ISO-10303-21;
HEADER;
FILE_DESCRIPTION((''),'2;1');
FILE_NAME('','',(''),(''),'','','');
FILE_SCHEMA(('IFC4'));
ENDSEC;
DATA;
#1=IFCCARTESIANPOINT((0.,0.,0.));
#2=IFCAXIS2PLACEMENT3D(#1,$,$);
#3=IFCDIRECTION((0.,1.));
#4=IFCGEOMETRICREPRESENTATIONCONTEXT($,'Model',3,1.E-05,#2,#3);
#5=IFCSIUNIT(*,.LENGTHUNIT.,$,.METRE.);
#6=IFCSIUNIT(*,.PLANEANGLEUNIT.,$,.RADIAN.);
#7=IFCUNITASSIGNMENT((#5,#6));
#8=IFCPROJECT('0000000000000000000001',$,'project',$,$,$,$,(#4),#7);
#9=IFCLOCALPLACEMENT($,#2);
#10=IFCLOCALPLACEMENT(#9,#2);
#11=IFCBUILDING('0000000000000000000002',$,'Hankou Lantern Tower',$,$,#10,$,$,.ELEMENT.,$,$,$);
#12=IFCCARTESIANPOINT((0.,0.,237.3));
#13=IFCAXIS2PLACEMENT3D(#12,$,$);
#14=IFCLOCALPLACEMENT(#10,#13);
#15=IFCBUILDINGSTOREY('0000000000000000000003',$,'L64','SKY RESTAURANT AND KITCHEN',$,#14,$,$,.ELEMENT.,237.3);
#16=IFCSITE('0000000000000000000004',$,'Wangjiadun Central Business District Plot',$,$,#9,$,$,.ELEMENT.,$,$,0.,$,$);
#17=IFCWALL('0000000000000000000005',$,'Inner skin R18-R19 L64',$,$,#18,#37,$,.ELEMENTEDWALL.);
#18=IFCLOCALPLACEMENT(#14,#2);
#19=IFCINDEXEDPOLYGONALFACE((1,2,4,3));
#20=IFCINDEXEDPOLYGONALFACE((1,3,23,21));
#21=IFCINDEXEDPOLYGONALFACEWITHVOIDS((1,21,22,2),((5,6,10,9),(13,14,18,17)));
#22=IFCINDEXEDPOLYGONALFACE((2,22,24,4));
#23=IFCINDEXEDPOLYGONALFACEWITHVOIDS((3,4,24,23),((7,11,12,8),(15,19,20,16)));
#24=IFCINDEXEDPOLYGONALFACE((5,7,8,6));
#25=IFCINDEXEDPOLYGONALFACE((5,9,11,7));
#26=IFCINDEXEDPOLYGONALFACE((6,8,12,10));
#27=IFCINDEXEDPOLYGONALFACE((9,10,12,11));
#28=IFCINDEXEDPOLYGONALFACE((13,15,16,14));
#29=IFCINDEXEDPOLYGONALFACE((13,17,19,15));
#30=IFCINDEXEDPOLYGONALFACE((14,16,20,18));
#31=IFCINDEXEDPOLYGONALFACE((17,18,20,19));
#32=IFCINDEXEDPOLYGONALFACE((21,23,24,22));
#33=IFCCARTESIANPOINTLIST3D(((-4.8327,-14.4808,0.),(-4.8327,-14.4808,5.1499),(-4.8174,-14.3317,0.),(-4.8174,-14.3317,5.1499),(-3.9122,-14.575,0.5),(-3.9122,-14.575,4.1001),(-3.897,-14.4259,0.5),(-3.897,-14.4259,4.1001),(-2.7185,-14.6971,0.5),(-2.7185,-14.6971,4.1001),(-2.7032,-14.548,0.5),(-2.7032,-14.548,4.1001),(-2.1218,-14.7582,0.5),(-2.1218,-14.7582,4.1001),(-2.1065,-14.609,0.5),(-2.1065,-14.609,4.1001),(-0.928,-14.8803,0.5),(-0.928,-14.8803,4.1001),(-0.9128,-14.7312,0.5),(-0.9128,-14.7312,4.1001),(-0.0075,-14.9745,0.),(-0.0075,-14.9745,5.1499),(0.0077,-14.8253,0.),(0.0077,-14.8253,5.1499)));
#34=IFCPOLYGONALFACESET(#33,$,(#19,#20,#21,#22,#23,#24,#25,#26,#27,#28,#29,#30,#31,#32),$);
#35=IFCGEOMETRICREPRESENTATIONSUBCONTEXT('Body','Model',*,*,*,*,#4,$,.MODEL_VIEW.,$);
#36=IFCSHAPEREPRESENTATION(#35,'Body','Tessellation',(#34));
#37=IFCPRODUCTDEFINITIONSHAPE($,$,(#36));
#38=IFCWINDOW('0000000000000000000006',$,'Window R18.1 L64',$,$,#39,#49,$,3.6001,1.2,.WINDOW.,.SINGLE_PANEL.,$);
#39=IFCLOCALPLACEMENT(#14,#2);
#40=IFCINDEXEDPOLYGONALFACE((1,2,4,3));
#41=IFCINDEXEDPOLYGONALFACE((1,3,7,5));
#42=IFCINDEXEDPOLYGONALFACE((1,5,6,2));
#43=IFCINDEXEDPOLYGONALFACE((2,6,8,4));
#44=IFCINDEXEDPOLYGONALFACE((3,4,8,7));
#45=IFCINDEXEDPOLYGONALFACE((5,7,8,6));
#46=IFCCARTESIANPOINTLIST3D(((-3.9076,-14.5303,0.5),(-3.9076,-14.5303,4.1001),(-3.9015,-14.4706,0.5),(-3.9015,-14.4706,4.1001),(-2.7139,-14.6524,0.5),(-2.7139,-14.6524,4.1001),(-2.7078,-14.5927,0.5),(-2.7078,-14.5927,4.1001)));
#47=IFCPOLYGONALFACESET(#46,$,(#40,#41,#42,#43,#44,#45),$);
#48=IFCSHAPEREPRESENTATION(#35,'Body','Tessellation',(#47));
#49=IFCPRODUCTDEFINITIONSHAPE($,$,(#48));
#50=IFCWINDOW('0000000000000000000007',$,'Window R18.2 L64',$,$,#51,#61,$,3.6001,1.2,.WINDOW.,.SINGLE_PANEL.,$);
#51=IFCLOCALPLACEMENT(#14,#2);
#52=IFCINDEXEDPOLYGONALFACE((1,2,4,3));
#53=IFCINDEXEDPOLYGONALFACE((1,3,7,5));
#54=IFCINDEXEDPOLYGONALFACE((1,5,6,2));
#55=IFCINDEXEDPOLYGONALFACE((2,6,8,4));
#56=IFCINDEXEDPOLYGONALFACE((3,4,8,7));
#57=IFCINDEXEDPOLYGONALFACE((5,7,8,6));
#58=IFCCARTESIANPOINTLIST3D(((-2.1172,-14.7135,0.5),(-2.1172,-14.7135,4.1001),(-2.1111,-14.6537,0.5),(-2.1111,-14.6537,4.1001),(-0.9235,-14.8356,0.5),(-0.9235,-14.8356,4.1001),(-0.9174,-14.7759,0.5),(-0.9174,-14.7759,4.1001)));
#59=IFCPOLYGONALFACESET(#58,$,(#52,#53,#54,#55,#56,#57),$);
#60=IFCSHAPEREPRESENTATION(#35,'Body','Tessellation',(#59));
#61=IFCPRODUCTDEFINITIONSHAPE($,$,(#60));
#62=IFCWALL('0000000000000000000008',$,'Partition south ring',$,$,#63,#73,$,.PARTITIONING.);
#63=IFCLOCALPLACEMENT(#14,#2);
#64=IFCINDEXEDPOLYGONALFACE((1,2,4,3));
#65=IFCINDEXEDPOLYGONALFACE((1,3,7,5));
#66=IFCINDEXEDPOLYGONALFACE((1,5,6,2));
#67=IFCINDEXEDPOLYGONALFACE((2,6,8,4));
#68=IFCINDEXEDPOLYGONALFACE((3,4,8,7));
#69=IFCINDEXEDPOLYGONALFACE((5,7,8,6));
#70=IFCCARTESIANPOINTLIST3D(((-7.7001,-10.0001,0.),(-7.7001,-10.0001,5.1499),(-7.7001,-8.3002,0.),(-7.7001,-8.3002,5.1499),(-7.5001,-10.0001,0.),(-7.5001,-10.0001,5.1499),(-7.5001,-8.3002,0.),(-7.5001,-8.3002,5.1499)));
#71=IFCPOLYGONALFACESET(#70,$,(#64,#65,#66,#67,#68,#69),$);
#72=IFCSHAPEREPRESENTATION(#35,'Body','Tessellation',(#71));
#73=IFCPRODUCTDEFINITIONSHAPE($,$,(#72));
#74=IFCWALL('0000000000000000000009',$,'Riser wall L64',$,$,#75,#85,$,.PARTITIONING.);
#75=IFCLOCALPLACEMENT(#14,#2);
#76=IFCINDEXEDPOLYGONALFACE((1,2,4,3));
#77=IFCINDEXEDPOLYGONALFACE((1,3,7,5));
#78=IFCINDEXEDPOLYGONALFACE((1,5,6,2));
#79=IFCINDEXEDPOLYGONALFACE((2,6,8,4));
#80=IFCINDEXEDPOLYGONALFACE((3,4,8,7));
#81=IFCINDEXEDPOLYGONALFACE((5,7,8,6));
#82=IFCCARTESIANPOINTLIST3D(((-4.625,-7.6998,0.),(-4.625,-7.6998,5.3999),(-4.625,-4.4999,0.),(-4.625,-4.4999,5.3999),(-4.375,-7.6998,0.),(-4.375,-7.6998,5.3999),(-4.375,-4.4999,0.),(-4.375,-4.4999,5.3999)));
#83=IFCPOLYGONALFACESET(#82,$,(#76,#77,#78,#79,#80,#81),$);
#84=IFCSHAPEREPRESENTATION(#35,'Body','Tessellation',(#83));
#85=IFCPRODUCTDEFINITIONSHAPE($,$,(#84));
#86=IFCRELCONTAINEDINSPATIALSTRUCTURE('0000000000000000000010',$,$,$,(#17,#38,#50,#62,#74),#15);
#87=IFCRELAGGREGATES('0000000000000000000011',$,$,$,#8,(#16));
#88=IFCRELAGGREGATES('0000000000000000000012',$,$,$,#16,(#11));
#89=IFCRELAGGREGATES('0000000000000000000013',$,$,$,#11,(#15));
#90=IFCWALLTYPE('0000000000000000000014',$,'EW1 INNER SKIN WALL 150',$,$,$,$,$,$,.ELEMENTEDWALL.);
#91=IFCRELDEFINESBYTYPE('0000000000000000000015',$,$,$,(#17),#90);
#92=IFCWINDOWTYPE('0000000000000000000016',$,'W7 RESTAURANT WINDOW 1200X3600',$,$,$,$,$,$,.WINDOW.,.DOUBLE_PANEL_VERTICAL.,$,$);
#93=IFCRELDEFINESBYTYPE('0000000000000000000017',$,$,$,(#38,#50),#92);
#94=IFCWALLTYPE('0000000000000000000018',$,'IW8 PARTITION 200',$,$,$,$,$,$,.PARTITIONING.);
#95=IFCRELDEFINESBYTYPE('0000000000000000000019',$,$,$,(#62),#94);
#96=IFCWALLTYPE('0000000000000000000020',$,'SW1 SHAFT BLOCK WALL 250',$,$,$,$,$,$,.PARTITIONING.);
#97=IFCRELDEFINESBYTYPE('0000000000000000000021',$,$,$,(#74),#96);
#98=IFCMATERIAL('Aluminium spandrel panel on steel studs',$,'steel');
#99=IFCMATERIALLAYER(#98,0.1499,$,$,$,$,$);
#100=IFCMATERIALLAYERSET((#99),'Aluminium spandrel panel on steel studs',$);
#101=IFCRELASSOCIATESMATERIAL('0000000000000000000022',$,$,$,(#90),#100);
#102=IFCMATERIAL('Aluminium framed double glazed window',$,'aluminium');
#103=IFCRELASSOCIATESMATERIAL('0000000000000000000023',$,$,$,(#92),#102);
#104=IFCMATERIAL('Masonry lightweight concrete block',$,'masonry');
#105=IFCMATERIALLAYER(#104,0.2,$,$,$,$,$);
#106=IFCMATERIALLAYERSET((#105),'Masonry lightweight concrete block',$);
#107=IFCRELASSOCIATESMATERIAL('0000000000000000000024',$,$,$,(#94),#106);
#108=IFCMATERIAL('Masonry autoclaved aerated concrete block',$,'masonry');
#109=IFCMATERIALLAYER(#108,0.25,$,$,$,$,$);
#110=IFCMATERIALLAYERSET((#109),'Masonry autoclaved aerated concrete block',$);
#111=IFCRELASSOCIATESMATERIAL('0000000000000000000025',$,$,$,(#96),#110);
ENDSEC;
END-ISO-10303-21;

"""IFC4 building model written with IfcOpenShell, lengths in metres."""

from ifc_helpers import new_model, si_unit, direction, frame, frame_2d, origin, place, context, subcontext, project, spatial, rectangle, extrude, material, layer, layer_set, type_object, element, fill, save


model = new_model("IFC4")

# Units and contexts
model_context = context("Model", 3, precision=1e-05, world=origin(), true_north=direction((0.0, 1.0)))
body_context = subcontext(model_context, "Body", "Model", "MODEL_VIEW")
ifc_project = project(units=[si_unit("LENGTHUNIT", "METRE"), si_unit("PLANEANGLEUNIT", "RADIAN")], contexts=[model_context])

# Site, building, storey
site_placement = place(None, origin())
site = spatial("IfcSite", under=ifc_project, at=site_placement, Name="Wangjiadun Central Business District Plot", CompositionType="ELEMENT", RefElevation=0.0)
building_placement = place(site_placement, origin())
building = spatial("IfcBuilding", under=site, at=building_placement, Name="Hankou Lantern Tower", CompositionType="ELEMENT")
storey_placement = place(building_placement, frame((0.0, 0.0, 237.3)))
storey = spatial("IfcBuildingStorey", under=building, at=storey_placement, Name="L64", Description="SKY RESTAURANT AND KITCHEN", CompositionType="ELEMENT", Elevation=237.3)

# Wall, openings, windows
ifc_material_1 = material(Name="Aluminium spandrel panel on steel studs", Category="steel")
ifc_layer_1 = layer(ifc_material_1, 0.1499)
ifc_layer_set_1 = layer_set([ifc_layer_1], Name="Aluminium spandrel panel on steel studs")
wall_type_1 = type_object("IfcWallType", Name="EW1 INNER SKIN WALL 150", PredefinedType="ELEMENTEDWALL", material=ifc_layer_set_1)
ifc_material_2 = material(Name="Aluminium framed double glazed window", Category="aluminium")
window_type = type_object("IfcWindowType", Name="W7 RESTAURANT WINDOW 1200X3600", PartitioningType="DOUBLE_PANEL_VERTICAL", PredefinedType="WINDOW", material=ifc_material_2)
wall_1_placement = place(storey_placement, frame((-4.8252, -14.4062, 0.0), z_axis=(0.0, 0.0, 1.0), x_axis=(0.994807, -0.101776, 0.0)))
wall_1 = element("IfcWall", 1, at=wall_1_placement, inside=storey, type_object=wall_type_1, Name="Inner skin R18-R19 L64", PredefinedType="ELEMENTEDWALL", context=body_context, shape_type="SweptSolid", body=[
    extrude(rectangle(XDim=4.8503, YDim=0.1499, at=frame_2d((2.4253, 0.0))), origin(), (0.0, 0.0, 1.0), 5.1499),
])
opening_1_placement = place(wall_1_placement, frame((0.9253, 0.0, 0.5)))
opening_1 = element("IfcOpeningElement", 2, at=opening_1_placement, cuts=wall_1, PredefinedType="OPENING", context=body_context, shape_type="SweptSolid", body=[
    extrude(rectangle(XDim=1.2, YDim=3.6001, at=frame_2d((0.6001, 1.8))), frame((0.0, 0.085, 0.0), z_axis=(0.0, -1.0, 0.0), x_axis=(1.0, 0.0, 0.0)), (0.0, 0.0, 1.0), 0.1699),
])
opening_2_placement = place(wall_1_placement, frame((2.7251, 0.0, 0.5)))
opening_2 = element("IfcOpeningElement", 3, at=opening_2_placement, cuts=wall_1, PredefinedType="OPENING", context=body_context, shape_type="SweptSolid", body=[
    extrude(rectangle(XDim=1.2, YDim=3.6001, at=frame_2d((0.6001, 1.8))), frame((0.0, 0.085, 0.0), z_axis=(0.0, -1.0, 0.0), x_axis=(1.0, 0.0, 0.0)), (0.0, 0.0, 1.0), 0.1699),
])
window_1_placement = place(opening_1_placement, origin())
window_1 = element("IfcWindow", 4, at=window_1_placement, inside=storey, type_object=window_type, Name="Window R18.1 L64", OverallHeight=3.6001, OverallWidth=1.2, PartitioningType="SINGLE_PANEL", PredefinedType="WINDOW", context=body_context, shape_type="SweptSolid", body=[
    extrude(rectangle(XDim=1.2, YDim=3.6001, at=frame_2d((0.6001, 1.8))), frame((0.0, 0.03, 0.0), z_axis=(0.0, -1.0, 0.0), x_axis=(1.0, 0.0, 0.0)), (0.0, 0.0, 1.0), 0.0601),
])
fill(opening_1, window_1)
window_2_placement = place(opening_2_placement, origin())
window_2 = element("IfcWindow", 5, at=window_2_placement, inside=storey, type_object=window_type, Name="Window R18.2 L64", OverallHeight=3.6001, OverallWidth=1.2, PartitioningType="SINGLE_PANEL", PredefinedType="WINDOW", context=body_context, shape_type="SweptSolid", body=[
    extrude(rectangle(XDim=1.2, YDim=3.6001, at=frame_2d((0.6001, 1.8))), frame((0.0, 0.03, 0.0), z_axis=(0.0, -1.0, 0.0), x_axis=(1.0, 0.0, 0.0)), (0.0, 0.0, 1.0), 0.0601),
])
fill(opening_2, window_2)

# Walls
ifc_material_3 = material(Name="Masonry lightweight concrete block", Category="masonry")
ifc_layer_2 = layer(ifc_material_3, 0.2)
ifc_layer_set_2 = layer_set([ifc_layer_2], Name="Masonry lightweight concrete block")
wall_type_2 = type_object("IfcWallType", Name="IW8 PARTITION 200", PredefinedType="PARTITIONING", material=ifc_layer_set_2)
wall_2_placement = place(storey_placement, frame((-7.6001, -8.3, 0.0), z_axis=(0.0, 0.0, 1.0), x_axis=(0.0, -1.0, 0.0)))
element("IfcWall", 6, at=wall_2_placement, inside=storey, type_object=wall_type_2, Name="Partition south ring", PredefinedType="PARTITIONING", context=body_context, shape_type="SweptSolid", body=[
    extrude(rectangle(XDim=1.7, YDim=0.2, at=frame_2d((0.8501, 0.0))), origin(), (0.0, 0.0, 1.0), 5.1499),
])
ifc_material_4 = material(Name="Masonry autoclaved aerated concrete block", Category="masonry")
ifc_layer_3 = layer(ifc_material_4, 0.25)
ifc_layer_set_3 = layer_set([ifc_layer_3], Name="Masonry autoclaved aerated concrete block")
wall_type_3 = type_object("IfcWallType", Name="SW1 SHAFT BLOCK WALL 250", PredefinedType="PARTITIONING", material=ifc_layer_set_3)
wall_3_placement = place(storey_placement, frame((-4.5, -7.7, 0.0), z_axis=(0.0, 0.0, 1.0), x_axis=(0.0, 1.0, 0.0)))
element("IfcWall", 7, at=wall_3_placement, inside=storey, type_object=wall_type_3, Name="Riser wall L64", PredefinedType="PARTITIONING", context=body_context, shape_type="SweptSolid", body=[
    extrude(rectangle(XDim=3.2, YDim=0.25, at=frame_2d((1.6001, 0.0))), origin(), (0.0, 0.0, 1.0), 5.3999),
])

save(model, "model.ifc")
